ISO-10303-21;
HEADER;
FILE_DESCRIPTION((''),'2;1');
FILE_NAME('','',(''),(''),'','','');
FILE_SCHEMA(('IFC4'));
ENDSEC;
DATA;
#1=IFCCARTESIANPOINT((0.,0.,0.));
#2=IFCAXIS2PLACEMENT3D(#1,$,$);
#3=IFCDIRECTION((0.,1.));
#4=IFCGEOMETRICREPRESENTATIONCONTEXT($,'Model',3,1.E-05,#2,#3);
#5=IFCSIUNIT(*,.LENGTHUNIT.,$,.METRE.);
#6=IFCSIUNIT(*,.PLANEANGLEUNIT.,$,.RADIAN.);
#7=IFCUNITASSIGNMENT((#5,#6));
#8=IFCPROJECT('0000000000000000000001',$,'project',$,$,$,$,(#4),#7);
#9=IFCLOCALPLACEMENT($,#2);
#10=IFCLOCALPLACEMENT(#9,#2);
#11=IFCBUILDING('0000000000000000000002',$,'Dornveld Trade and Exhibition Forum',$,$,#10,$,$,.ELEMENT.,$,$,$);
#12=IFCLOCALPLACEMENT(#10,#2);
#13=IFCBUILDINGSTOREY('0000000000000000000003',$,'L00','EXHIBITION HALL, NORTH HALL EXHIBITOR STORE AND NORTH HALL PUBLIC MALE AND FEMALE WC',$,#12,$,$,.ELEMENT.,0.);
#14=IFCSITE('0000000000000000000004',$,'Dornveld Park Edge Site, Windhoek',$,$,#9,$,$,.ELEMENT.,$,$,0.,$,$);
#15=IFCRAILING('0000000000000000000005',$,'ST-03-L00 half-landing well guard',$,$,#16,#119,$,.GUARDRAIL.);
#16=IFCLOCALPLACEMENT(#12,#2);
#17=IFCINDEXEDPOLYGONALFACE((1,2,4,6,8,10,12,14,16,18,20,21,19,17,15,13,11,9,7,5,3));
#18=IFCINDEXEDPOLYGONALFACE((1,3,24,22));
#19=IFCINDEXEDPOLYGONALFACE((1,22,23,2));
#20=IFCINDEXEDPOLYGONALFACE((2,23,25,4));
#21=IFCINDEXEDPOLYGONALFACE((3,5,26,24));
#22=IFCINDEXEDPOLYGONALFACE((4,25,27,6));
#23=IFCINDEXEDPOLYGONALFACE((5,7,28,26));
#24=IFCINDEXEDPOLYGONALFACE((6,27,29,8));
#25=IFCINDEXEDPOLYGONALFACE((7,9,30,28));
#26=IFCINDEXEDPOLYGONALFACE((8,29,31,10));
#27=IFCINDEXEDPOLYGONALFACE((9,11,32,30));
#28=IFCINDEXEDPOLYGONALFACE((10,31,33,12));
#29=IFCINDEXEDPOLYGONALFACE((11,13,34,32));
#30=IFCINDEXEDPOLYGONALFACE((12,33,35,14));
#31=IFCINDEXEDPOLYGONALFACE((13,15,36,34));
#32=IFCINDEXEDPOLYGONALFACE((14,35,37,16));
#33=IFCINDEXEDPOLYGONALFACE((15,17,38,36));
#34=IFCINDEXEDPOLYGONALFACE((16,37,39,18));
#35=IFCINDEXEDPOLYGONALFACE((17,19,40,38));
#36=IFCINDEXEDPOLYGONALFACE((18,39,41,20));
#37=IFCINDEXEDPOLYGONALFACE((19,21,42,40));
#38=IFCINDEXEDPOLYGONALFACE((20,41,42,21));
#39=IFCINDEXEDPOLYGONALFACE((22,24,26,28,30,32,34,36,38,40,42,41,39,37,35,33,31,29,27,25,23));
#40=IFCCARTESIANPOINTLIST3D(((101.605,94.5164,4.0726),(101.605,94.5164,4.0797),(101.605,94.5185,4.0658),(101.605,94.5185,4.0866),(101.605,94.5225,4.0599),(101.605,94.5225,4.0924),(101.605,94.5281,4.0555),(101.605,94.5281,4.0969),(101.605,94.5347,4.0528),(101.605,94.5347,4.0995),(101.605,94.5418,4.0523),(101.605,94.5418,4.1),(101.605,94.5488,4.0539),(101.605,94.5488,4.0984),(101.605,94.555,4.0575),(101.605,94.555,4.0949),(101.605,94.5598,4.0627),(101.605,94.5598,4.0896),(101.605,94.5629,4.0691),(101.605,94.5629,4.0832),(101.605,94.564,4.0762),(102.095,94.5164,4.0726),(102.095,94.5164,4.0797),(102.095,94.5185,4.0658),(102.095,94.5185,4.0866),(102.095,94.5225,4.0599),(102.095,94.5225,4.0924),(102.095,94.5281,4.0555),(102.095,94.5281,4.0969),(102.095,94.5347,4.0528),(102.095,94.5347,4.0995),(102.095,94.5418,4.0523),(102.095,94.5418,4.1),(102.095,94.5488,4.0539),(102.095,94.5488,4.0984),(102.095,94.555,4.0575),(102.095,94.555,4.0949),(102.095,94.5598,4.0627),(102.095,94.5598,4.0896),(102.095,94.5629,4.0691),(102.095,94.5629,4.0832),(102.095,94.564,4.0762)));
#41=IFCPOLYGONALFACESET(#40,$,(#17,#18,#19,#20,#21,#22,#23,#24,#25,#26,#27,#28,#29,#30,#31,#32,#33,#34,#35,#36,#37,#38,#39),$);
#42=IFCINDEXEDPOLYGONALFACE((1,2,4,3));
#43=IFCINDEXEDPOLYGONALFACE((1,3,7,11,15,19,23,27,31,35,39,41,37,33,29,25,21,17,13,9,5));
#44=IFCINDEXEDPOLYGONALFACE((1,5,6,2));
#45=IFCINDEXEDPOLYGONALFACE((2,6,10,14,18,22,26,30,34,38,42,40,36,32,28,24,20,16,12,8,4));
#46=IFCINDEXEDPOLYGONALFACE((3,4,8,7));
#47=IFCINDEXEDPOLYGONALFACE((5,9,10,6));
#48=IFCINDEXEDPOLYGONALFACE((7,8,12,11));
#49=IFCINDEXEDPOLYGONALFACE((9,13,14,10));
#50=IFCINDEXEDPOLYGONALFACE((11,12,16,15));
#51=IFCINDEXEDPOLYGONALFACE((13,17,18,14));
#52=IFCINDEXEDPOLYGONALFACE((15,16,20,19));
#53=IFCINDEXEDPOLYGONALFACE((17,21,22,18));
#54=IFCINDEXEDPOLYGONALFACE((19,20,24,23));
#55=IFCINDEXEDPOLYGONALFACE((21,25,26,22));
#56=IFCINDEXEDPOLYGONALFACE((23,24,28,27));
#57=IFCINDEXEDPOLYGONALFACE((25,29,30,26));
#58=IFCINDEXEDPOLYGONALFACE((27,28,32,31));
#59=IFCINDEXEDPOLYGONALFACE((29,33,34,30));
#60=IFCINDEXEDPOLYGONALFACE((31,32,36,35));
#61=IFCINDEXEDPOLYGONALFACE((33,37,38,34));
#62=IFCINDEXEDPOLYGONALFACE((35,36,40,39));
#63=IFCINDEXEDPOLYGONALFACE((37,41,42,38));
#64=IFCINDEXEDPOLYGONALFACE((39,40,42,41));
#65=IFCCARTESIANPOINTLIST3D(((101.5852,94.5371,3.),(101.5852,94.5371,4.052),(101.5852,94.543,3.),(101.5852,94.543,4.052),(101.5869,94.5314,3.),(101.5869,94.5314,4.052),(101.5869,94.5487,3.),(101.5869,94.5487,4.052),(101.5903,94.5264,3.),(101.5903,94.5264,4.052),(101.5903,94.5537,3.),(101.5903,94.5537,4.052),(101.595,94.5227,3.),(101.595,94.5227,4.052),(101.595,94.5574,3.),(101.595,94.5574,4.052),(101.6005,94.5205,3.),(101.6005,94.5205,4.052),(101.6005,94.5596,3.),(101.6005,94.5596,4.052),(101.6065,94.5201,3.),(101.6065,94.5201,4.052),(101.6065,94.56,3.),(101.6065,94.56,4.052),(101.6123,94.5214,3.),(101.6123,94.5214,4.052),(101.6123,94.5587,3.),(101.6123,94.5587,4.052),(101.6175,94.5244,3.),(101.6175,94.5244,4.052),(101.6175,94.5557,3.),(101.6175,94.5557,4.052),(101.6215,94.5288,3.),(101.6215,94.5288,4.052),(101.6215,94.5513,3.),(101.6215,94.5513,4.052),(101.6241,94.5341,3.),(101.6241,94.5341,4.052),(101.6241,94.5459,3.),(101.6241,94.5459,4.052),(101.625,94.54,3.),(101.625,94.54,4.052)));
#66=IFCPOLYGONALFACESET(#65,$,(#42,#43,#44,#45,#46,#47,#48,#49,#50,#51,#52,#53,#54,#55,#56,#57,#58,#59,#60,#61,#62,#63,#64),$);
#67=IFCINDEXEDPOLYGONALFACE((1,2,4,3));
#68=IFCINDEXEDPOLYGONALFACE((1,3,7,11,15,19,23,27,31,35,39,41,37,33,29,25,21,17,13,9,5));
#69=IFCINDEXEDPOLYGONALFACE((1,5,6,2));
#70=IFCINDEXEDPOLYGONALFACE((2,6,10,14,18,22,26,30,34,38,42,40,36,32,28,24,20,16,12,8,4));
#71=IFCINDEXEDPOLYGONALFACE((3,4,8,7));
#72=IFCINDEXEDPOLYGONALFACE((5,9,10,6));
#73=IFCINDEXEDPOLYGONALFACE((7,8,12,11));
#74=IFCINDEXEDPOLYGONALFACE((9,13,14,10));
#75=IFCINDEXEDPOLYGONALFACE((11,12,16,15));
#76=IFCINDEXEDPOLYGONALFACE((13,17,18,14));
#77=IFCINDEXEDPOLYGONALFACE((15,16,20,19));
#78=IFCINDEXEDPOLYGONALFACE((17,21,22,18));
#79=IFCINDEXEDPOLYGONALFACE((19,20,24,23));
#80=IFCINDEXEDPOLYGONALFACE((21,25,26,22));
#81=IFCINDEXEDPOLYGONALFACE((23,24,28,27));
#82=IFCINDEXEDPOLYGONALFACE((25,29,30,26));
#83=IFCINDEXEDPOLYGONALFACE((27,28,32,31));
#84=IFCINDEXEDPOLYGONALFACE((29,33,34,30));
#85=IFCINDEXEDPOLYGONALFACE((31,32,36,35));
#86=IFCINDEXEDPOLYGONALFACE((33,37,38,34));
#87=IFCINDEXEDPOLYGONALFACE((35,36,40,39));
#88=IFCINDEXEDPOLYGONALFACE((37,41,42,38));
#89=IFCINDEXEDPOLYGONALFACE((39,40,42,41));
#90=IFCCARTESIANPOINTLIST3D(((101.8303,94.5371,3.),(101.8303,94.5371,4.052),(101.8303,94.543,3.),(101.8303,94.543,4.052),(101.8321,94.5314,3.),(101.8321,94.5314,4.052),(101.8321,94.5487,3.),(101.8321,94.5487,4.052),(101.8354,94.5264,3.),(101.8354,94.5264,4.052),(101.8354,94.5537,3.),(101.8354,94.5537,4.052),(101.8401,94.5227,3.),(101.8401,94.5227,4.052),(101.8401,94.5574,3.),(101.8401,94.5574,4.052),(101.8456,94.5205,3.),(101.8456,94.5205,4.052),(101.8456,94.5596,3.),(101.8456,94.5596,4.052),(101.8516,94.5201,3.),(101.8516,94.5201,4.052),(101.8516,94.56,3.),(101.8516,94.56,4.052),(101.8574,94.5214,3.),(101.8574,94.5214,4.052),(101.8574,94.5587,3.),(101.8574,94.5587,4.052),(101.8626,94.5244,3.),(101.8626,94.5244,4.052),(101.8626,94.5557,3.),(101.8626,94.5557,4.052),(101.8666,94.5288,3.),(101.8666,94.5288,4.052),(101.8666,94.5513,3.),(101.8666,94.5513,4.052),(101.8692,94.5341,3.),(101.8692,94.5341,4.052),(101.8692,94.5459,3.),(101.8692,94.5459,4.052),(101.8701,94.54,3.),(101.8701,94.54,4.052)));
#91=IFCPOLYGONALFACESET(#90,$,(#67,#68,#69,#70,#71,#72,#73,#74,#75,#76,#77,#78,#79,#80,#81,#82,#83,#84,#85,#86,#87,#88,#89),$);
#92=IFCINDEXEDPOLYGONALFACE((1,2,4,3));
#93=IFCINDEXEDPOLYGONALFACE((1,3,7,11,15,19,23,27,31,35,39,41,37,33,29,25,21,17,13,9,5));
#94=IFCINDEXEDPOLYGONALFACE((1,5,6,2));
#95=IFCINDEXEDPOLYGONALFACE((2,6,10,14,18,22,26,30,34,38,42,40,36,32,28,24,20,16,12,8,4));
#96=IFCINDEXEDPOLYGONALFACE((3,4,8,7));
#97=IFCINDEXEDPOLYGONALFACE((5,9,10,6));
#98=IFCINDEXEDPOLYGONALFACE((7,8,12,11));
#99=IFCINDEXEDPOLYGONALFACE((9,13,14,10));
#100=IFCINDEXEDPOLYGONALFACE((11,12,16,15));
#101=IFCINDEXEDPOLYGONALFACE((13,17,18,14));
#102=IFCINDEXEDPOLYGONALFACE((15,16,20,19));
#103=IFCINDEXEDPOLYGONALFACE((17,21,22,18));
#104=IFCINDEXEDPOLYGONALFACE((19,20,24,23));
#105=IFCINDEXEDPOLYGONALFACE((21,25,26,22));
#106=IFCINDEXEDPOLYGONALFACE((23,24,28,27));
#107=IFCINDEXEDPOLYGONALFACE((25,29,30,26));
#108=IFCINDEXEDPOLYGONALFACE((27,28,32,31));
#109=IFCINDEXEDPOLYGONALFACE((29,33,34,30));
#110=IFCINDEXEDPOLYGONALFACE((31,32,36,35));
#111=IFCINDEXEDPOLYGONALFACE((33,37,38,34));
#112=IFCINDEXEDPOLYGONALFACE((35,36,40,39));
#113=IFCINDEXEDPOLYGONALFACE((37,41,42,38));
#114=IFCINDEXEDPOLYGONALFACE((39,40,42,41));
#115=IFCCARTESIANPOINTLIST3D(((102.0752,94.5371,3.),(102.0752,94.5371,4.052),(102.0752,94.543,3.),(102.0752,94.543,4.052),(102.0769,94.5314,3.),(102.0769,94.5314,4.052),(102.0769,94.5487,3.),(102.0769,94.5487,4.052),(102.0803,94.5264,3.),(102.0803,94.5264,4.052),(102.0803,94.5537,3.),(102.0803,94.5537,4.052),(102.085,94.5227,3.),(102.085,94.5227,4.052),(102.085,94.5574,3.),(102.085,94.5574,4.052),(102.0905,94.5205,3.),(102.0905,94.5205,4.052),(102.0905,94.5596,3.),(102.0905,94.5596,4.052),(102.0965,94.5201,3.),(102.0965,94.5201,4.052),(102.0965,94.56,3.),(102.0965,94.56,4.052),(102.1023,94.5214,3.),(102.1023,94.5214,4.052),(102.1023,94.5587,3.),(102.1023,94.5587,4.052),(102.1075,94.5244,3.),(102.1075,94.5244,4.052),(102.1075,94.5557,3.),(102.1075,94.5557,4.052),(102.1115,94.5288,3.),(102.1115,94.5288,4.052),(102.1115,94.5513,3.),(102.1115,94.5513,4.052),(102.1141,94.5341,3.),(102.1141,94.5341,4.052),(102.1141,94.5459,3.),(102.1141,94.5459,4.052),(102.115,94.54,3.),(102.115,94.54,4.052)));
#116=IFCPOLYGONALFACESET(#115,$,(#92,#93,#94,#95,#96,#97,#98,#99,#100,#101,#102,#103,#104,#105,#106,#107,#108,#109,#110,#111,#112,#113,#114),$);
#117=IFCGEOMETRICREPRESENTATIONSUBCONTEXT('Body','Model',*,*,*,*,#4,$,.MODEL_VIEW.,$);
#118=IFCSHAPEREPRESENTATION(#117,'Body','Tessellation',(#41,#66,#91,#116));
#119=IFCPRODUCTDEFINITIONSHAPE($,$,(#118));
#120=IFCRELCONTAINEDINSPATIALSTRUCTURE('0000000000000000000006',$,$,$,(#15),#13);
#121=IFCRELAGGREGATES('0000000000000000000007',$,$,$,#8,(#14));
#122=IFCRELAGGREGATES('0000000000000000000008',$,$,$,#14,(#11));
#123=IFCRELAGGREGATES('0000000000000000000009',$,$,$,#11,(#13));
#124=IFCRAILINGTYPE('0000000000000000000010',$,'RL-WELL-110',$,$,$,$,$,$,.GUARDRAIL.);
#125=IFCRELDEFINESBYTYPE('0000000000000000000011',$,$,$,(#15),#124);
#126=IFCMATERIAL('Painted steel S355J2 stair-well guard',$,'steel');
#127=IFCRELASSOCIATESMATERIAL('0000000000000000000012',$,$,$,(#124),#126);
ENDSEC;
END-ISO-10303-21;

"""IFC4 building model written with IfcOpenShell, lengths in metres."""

from ifc_helpers import new_model, si_unit, direction, frame, origin, origin_2d, place, context, subcontext, project, spatial, circle, extrude, material, type_object, element, save


model = new_model("IFC4")

# Units and contexts
model_context = context("Model", 3, precision=1e-05, world=origin(), true_north=direction((0.0, 1.0)))
body_context = subcontext(model_context, "Body", "Model", "MODEL_VIEW")
ifc_project = project(units=[si_unit("LENGTHUNIT", "METRE"), si_unit("PLANEANGLEUNIT", "RADIAN")], contexts=[model_context])

# Site, building, storey
site_placement = place(None, origin())
site = spatial("IfcSite", under=ifc_project, at=site_placement, Name="Dornveld Park Edge Site, Windhoek", CompositionType="ELEMENT", RefElevation=0.0)
building_placement = place(site_placement, origin())
building = spatial("IfcBuilding", under=site, at=building_placement, Name="Dornveld Trade and Exhibition Forum", CompositionType="ELEMENT")
storey_placement = place(building_placement, origin())
storey = spatial("IfcBuildingStorey", under=building, at=storey_placement, Name="L00", Description="EXHIBITION HALL, NORTH HALL EXHIBITOR STORE AND NORTH HALL PUBLIC MALE AND FEMALE WC", CompositionType="ELEMENT", Elevation=0.0)

# Railing
ifc_material_1 = material(Name="Painted steel S355J2 stair-well guard", Category="steel")
railing_type_1 = type_object("IfcRailingType", Name="RL-WELL-110", PredefinedType="GUARDRAIL", material=ifc_material_1)
railing_1_placement = place(storey_placement, frame((101.605, 94.54, 3.0)))
element("IfcRailing", 1, at=railing_1_placement, inside=storey, type_object=railing_type_1, Name="ST-03-L00 half-landing well guard", PredefinedType="GUARDRAIL", context=body_context, shape_type="SweptSolid", body=[
    extrude(circle(Radius=0.0239, at=origin_2d()), frame((0.0, 0.0, 1.0762), z_axis=(1.0, 0.0, 0.0), x_axis=(0.0, 1.0, 0.0)), (0.0, 0.0, 1.0), 0.49),
    extrude(circle(Radius=0.02, at=origin_2d()), origin(), (0.0, 0.0, 1.0), 1.052),
    extrude(circle(Radius=0.02, at=origin_2d()), frame((0.2451, 0.0, 0.0)), (0.0, 0.0, 1.0), 1.052),
    extrude(circle(Radius=0.02, at=origin_2d()), frame((0.49, 0.0, 0.0)), (0.0, 0.0, 1.0), 1.052),
])

save(model, "model.ifc")
